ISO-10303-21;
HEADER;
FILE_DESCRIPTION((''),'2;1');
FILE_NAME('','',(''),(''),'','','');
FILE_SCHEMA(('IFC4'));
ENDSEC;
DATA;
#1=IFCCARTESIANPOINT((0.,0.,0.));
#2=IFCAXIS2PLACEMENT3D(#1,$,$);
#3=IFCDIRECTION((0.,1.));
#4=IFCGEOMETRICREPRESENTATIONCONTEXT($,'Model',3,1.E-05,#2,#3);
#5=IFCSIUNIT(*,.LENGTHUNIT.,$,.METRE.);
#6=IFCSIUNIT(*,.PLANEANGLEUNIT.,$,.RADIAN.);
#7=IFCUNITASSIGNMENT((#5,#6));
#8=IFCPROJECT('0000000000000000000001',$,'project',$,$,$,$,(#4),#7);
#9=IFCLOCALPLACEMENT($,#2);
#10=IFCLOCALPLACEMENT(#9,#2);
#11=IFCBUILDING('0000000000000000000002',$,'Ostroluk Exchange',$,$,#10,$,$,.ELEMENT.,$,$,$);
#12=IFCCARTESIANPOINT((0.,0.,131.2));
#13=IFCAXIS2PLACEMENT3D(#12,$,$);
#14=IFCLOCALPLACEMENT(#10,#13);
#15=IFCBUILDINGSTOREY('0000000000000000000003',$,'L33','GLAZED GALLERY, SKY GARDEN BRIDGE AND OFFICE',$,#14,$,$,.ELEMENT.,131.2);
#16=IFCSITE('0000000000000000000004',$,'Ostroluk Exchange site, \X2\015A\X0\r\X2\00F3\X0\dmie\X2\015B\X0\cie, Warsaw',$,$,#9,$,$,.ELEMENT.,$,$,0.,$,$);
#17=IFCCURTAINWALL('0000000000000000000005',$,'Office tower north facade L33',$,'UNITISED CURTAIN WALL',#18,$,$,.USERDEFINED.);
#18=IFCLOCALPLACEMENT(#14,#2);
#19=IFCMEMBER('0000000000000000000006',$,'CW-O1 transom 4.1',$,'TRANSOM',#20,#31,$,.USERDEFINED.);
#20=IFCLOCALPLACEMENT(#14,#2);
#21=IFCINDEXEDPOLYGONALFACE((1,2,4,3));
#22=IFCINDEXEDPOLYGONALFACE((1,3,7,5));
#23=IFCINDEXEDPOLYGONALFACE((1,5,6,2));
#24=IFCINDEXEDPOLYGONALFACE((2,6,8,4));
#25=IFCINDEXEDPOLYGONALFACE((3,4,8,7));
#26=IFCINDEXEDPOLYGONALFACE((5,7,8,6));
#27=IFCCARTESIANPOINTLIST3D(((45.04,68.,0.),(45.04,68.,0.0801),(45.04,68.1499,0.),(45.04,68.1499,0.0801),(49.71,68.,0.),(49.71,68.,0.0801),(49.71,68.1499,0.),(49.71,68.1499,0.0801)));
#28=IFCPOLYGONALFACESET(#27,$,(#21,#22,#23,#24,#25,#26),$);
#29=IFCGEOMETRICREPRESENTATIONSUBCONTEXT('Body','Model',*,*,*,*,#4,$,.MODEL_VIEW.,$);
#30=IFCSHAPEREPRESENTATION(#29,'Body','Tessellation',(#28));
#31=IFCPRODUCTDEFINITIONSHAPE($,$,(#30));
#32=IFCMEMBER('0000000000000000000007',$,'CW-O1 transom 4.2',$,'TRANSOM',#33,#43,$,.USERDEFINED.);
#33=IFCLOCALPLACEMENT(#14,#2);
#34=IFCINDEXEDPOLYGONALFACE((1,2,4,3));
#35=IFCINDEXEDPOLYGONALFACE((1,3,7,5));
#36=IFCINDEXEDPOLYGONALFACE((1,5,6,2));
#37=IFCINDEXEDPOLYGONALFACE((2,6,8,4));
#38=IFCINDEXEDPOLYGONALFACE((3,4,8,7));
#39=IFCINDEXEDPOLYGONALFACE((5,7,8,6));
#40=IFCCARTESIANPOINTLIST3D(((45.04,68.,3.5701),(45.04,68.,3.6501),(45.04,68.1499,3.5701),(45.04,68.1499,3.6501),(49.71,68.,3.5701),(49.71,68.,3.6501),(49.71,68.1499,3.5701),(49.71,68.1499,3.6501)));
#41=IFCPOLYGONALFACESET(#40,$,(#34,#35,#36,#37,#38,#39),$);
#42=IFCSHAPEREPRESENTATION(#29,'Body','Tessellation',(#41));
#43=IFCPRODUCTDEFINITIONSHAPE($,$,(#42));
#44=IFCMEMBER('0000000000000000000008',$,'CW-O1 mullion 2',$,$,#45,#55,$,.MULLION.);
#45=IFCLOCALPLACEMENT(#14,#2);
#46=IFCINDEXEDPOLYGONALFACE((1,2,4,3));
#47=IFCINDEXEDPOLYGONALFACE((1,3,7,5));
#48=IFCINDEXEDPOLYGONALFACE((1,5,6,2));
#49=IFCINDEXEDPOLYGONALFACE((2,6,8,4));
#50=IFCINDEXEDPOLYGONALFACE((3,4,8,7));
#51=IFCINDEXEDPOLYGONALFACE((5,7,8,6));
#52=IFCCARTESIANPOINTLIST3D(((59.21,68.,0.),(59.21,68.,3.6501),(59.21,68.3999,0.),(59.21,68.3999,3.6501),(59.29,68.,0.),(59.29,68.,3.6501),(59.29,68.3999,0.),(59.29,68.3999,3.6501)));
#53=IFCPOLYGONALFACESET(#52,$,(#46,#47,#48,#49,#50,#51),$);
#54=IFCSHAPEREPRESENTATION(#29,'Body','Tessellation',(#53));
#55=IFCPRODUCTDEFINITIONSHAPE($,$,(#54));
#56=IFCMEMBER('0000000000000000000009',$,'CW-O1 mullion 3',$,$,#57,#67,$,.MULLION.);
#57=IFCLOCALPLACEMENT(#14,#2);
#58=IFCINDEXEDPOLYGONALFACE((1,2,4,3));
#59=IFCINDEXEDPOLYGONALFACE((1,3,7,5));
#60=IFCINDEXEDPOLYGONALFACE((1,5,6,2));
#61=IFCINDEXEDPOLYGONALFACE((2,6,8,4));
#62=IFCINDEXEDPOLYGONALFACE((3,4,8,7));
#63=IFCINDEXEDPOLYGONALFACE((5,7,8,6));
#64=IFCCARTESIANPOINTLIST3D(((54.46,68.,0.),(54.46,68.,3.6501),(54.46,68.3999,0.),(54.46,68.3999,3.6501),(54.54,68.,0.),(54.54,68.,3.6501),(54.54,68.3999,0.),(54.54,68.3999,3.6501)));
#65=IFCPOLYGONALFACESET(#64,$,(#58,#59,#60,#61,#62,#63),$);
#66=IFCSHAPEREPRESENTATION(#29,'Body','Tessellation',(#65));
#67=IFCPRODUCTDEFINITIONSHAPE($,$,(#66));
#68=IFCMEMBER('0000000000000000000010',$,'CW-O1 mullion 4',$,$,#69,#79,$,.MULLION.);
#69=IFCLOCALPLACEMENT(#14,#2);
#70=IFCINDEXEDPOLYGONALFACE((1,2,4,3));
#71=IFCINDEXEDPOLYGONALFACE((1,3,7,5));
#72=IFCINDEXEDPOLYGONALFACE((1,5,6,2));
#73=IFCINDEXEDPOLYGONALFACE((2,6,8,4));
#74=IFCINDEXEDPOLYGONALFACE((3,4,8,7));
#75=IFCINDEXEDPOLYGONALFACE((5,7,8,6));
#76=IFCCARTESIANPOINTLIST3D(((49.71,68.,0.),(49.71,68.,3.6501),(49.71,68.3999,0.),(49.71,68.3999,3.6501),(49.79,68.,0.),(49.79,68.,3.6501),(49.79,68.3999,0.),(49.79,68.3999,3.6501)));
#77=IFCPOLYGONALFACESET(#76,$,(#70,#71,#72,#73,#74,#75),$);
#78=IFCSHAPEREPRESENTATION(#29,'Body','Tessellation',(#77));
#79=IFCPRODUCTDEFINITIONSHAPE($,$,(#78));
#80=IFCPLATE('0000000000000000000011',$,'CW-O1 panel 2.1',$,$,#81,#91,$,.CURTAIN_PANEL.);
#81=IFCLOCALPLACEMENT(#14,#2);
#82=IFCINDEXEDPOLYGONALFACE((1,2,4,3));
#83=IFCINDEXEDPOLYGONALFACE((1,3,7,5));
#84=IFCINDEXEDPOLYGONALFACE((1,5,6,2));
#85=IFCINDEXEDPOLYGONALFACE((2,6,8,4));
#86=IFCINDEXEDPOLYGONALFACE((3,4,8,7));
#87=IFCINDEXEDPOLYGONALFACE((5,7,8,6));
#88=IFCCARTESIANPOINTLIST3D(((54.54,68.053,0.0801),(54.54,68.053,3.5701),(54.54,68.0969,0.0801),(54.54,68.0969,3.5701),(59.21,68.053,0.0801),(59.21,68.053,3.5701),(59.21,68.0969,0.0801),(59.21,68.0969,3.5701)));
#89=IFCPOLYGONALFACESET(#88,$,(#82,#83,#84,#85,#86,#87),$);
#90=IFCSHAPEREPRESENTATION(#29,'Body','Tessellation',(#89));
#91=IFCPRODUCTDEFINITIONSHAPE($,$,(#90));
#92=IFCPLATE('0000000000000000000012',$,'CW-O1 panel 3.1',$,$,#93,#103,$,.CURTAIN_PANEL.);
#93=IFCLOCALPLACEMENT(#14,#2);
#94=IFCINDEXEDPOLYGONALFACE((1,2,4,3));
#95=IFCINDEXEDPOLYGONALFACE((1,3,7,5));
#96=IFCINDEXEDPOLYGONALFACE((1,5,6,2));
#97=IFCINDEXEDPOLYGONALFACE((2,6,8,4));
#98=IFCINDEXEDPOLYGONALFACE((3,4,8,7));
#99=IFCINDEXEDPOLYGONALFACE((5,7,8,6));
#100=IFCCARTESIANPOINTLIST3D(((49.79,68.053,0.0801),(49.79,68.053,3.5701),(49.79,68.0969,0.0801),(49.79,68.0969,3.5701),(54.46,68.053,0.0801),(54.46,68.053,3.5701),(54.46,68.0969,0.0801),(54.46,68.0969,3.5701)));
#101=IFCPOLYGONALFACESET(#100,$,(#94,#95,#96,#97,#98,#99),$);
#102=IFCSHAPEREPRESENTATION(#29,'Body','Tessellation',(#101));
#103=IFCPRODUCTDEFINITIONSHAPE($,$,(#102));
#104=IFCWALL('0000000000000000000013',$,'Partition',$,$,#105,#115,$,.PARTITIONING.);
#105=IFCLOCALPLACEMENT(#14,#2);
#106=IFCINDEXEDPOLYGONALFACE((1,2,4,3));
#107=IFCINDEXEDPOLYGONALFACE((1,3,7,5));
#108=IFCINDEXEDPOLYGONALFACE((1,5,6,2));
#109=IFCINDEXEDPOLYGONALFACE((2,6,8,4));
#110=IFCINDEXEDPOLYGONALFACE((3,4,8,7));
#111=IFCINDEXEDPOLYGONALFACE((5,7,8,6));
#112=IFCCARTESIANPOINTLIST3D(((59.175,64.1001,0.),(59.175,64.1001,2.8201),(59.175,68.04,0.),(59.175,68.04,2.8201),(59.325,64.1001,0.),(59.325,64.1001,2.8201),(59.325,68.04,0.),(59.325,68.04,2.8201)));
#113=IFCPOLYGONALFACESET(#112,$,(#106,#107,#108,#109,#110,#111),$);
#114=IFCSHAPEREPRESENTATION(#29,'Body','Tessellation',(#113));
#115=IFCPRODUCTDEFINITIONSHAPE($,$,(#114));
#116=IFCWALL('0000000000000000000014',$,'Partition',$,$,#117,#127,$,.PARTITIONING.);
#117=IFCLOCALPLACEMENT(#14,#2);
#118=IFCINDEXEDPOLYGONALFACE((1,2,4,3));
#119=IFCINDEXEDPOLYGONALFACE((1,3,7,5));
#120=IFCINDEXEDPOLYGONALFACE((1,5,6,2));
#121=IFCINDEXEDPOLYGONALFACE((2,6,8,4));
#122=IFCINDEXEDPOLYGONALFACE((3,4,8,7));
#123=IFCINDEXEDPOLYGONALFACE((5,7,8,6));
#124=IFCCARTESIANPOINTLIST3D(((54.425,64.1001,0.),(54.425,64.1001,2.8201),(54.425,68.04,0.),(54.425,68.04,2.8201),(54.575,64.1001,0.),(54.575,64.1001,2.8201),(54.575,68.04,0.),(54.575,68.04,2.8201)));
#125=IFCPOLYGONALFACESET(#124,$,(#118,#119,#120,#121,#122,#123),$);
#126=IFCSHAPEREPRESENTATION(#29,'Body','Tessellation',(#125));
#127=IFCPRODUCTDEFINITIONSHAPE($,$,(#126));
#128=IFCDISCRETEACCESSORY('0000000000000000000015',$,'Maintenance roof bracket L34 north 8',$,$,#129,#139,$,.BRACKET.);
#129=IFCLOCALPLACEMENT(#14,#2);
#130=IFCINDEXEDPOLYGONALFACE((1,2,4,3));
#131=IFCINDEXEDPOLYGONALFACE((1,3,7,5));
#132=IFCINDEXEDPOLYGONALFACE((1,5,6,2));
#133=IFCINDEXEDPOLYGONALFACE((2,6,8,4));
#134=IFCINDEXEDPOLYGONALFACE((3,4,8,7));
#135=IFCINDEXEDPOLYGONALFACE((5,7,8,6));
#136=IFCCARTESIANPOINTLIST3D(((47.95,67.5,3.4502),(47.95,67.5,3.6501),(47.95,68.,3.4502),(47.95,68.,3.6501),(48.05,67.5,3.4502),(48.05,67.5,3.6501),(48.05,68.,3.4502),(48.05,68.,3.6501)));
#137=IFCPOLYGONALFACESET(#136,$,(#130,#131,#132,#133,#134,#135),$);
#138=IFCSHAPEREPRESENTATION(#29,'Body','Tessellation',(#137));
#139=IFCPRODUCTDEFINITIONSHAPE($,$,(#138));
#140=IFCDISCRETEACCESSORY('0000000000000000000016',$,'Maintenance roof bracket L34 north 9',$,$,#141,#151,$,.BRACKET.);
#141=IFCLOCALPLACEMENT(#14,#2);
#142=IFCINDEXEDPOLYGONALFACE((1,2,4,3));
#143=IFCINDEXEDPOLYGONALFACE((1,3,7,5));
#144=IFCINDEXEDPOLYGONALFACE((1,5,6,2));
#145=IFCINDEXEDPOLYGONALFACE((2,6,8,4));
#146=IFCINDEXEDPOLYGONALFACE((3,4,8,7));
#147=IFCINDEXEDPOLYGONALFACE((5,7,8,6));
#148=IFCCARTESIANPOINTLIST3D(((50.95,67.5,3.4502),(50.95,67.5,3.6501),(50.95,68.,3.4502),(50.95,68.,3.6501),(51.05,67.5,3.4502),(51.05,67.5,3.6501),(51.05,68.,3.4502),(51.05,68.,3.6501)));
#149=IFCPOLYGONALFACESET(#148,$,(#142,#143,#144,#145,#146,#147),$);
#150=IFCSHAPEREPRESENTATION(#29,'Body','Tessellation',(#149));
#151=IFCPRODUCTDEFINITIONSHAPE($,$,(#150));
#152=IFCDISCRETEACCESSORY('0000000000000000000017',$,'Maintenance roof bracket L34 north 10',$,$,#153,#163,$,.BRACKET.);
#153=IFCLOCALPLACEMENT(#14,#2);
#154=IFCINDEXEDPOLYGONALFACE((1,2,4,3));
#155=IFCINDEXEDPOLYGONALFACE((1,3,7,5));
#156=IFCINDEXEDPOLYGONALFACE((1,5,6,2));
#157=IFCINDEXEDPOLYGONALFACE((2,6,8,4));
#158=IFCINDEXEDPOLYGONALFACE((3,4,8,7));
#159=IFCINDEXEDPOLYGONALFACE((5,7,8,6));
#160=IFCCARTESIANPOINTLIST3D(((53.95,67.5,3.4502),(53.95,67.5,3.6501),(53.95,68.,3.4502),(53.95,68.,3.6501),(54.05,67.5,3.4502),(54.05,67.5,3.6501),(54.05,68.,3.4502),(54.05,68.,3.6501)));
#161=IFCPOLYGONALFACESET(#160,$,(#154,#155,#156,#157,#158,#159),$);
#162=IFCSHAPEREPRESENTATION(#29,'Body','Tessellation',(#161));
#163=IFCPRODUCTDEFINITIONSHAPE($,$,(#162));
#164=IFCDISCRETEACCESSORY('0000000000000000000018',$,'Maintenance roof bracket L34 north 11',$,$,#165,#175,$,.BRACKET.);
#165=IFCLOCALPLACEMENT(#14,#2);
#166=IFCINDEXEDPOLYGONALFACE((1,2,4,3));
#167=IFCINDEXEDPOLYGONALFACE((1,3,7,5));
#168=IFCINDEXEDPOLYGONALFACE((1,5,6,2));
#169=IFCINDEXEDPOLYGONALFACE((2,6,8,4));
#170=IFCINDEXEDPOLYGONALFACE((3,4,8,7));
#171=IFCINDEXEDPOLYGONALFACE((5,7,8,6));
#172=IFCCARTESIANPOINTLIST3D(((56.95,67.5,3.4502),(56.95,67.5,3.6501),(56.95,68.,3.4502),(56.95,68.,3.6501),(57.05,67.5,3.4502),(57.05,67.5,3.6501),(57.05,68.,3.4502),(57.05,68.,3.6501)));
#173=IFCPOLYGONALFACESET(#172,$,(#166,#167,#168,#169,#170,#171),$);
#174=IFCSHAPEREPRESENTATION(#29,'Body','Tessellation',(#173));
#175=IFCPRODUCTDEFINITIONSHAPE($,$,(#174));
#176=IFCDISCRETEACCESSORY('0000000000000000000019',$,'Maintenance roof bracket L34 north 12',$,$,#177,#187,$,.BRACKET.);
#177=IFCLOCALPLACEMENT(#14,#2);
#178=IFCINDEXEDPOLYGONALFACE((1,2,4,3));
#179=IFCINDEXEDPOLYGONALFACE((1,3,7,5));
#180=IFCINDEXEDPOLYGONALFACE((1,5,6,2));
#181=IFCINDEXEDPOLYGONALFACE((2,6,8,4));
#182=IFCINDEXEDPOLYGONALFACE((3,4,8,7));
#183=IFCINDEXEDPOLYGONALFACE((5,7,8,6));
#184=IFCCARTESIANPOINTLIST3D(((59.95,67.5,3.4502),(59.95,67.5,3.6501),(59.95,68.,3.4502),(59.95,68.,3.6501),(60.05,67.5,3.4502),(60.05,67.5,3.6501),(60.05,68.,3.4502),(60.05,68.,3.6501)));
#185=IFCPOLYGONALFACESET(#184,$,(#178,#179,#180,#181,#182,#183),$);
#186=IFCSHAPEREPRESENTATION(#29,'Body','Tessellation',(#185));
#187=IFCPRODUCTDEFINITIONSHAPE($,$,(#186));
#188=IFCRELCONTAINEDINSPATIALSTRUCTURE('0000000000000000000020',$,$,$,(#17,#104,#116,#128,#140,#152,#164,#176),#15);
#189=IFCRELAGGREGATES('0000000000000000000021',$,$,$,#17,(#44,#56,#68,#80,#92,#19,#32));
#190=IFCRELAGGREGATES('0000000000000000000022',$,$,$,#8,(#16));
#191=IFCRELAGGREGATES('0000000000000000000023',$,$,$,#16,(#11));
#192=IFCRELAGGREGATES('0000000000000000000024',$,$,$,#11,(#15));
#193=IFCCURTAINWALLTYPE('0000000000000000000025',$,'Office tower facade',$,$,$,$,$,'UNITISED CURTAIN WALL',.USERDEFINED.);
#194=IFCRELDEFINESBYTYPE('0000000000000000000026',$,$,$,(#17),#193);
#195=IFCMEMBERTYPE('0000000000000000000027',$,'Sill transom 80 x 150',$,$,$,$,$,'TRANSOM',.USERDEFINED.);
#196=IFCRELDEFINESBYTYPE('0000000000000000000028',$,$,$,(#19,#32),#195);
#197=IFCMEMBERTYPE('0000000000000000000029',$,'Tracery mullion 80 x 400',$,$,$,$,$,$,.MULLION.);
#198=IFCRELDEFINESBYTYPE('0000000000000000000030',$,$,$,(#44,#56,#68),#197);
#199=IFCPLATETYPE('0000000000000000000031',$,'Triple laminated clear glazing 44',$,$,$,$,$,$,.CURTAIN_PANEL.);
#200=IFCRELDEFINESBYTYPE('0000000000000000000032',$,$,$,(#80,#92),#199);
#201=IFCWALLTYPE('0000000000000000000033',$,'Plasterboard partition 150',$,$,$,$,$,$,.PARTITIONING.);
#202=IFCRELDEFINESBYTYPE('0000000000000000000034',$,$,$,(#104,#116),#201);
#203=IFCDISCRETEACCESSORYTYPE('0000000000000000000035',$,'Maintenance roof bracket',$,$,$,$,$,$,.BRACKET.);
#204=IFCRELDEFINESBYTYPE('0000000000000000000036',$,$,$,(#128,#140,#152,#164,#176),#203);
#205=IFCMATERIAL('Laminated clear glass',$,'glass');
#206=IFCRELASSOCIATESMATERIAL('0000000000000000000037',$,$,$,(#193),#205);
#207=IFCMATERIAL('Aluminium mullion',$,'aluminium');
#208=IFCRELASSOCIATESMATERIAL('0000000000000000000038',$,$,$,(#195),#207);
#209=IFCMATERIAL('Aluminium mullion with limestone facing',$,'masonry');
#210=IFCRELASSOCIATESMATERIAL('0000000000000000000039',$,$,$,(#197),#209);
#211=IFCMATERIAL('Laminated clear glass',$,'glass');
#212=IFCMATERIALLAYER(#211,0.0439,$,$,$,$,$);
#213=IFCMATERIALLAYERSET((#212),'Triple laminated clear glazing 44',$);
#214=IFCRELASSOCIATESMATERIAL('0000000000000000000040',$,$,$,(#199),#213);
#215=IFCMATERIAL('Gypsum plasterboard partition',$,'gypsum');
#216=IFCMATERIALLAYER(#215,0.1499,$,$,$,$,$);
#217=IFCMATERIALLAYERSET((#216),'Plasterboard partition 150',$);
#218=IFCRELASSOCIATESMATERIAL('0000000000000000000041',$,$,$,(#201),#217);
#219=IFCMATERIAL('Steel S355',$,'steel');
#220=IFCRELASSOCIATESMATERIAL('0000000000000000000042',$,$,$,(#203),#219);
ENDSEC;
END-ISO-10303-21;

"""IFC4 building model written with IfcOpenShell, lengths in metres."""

from ifc_helpers import new_model, si_unit, direction, frame, frame_2d, origin, origin_2d, place, context, subcontext, project, spatial, rectangle, extrude, material, layer, layer_set, material_profile, profile_set, type_object, element, aggregate, save


model = new_model("IFC4")

# Units and contexts
model_context = context("Model", 3, precision=1e-05, world=origin(), true_north=direction((0.0, 1.0)))
body_context = subcontext(model_context, "Body", "Model", "MODEL_VIEW")
ifc_project = project(units=[si_unit("LENGTHUNIT", "METRE"), si_unit("PLANEANGLEUNIT", "RADIAN")], contexts=[model_context])

# Site, building, storey
site_placement = place(None, origin())
site = spatial("IfcSite", under=ifc_project, at=site_placement, Name="Ostroluk Exchange site, Śródmieście, Warsaw", CompositionType="ELEMENT", RefElevation=0.0)
building_placement = place(site_placement, origin())
building = spatial("IfcBuilding", under=site, at=building_placement, Name="Ostroluk Exchange", CompositionType="ELEMENT")
storey_placement = place(building_placement, frame((0.0, 0.0, 131.2)))
storey = spatial("IfcBuildingStorey", under=building, at=storey_placement, Name="L33", Description="GLAZED GALLERY, SKY GARDEN BRIDGE AND OFFICE", CompositionType="ELEMENT", Elevation=131.2)

# Curtain wall, members, plates
ifc_material_1 = material(Name="Laminated clear glass", Category="glass")
curtain_wall_type = type_object("IfcCurtainWallType", Name="Office tower facade", ElementType="UNITISED CURTAIN WALL", PredefinedType="USERDEFINED", material=ifc_material_1)
curtain_wall_placement = place(storey_placement, origin())
curtain_wall = element("IfcCurtainWall", 1, at=curtain_wall_placement, inside=storey, type_object=curtain_wall_type, Name="Office tower north facade L33", ObjectType="UNITISED CURTAIN WALL", PredefinedType="USERDEFINED")
ifc_material_2 = material(Name="Aluminium mullion", Category="aluminium")
ifc_material_profile_1 = material_profile(ifc_material_2, rectangle(XDim=0.1499, YDim=0.0801, at=origin_2d()), Name="Sill transom 80 x 150")
ifc_profile_set_1 = profile_set([ifc_material_profile_1], Name="Aluminium mullion")
member_type_1 = type_object("IfcMemberType", Name="Sill transom 80 x 150", ElementType="TRANSOM", PredefinedType="USERDEFINED", material=ifc_profile_set_1)
member_1_placement = place(storey_placement, frame((49.71, 68.075, 0.04), z_axis=(-1.0, 0.0, 0.0), x_axis=(0.0, -1.0, 0.0)))
member_1 = element("IfcMember", 2, at=member_1_placement, type_object=member_type_1, Name="CW-O1 transom 4.1", ObjectType="TRANSOM", PredefinedType="USERDEFINED", context=body_context, shape_type="SweptSolid", body=[
    extrude(rectangle(XDim=0.1499, YDim=0.0801, at=origin_2d()), origin(), (0.0, 0.0, 1.0), 4.6699),
])
member_2_placement = place(storey_placement, frame((49.71, 68.075, 3.6101), z_axis=(-1.0, 0.0, 0.0), x_axis=(0.0, -1.0, 0.0)))
member_2 = element("IfcMember", 3, at=member_2_placement, type_object=member_type_1, Name="CW-O1 transom 4.2", ObjectType="TRANSOM", PredefinedType="USERDEFINED", context=body_context, shape_type="SweptSolid", body=[
    extrude(rectangle(XDim=0.1499, YDim=0.0801, at=origin_2d()), origin(), (0.0, 0.0, 1.0), 4.6699),
])
ifc_material_3 = material(Name="Aluminium mullion with limestone facing", Category="masonry")
ifc_material_profile_2 = material_profile(ifc_material_3, rectangle(XDim=0.3999, YDim=0.0801, at=origin_2d()), Name="Tracery mullion 80 x 400")
ifc_profile_set_2 = profile_set([ifc_material_profile_2], Name="Aluminium mullion with limestone facing")
member_type_2 = type_object("IfcMemberType", Name="Tracery mullion 80 x 400", PredefinedType="MULLION", material=ifc_profile_set_2)
member_3_placement = place(storey_placement, frame((59.25, 68.2, 0.0), z_axis=(0.0, 0.0, 1.0), x_axis=(0.0, -1.0, 0.0)))
member_3 = element("IfcMember", 4, at=member_3_placement, type_object=member_type_2, Name="CW-O1 mullion 2", PredefinedType="MULLION", context=body_context, shape_type="SweptSolid", body=[
    extrude(rectangle(XDim=0.3999, YDim=0.0801, at=origin_2d()), origin(), (0.0, 0.0, 1.0), 3.6501),
])
member_4_placement = place(storey_placement, frame((54.5, 68.2, 0.0), z_axis=(0.0, 0.0, 1.0), x_axis=(0.0, -1.0, 0.0)))
member_4 = element("IfcMember", 5, at=member_4_placement, type_object=member_type_2, Name="CW-O1 mullion 3", PredefinedType="MULLION", context=body_context, shape_type="SweptSolid", body=[
    extrude(rectangle(XDim=0.3999, YDim=0.0801, at=origin_2d()), origin(), (0.0, 0.0, 1.0), 3.6501),
])
member_5_placement = place(storey_placement, frame((49.75, 68.2, 0.0), z_axis=(0.0, 0.0, 1.0), x_axis=(0.0, -1.0, 0.0)))
member_5 = element("IfcMember", 6, at=member_5_placement, type_object=member_type_2, Name="CW-O1 mullion 4", PredefinedType="MULLION", context=body_context, shape_type="SweptSolid", body=[
    extrude(rectangle(XDim=0.3999, YDim=0.0801, at=origin_2d()), origin(), (0.0, 0.0, 1.0), 3.6501),
])
ifc_material_4 = material(Name="Laminated clear glass", Category="glass")
ifc_layer_1 = layer(ifc_material_4, 0.0439)
ifc_layer_set_1 = layer_set([ifc_layer_1], Name="Triple laminated clear glazing 44")
plate_type = type_object("IfcPlateType", Name="Triple laminated clear glazing 44", PredefinedType="CURTAIN_PANEL", material=ifc_layer_set_1)
plate_1_placement = place(storey_placement, frame((56.875, 68.075, 0.0801), z_axis=(0.0, 0.0, 1.0), x_axis=(-1.0, 0.0, 0.0)))
plate_1 = element("IfcPlate", 7, at=plate_1_placement, type_object=plate_type, Name="CW-O1 panel 2.1", PredefinedType="CURTAIN_PANEL", context=body_context, shape_type="SweptSolid", body=[
    extrude(rectangle(XDim=4.6699, YDim=0.0439, at=origin_2d()), origin(), (0.0, 0.0, 1.0), 3.49),
])
plate_2_placement = place(storey_placement, frame((52.125, 68.075, 0.0801), z_axis=(0.0, 0.0, 1.0), x_axis=(-1.0, 0.0, 0.0)))
plate_2 = element("IfcPlate", 8, at=plate_2_placement, type_object=plate_type, Name="CW-O1 panel 3.1", PredefinedType="CURTAIN_PANEL", context=body_context, shape_type="SweptSolid", body=[
    extrude(rectangle(XDim=4.6699, YDim=0.0439, at=origin_2d()), origin(), (0.0, 0.0, 1.0), 3.49),
])
aggregate(curtain_wall, [member_3, member_4, member_5, plate_1, plate_2, member_1, member_2])

# Walls
ifc_material_5 = material(Name="Gypsum plasterboard partition", Category="gypsum")
ifc_layer_2 = layer(ifc_material_5, 0.1499)
ifc_layer_set_2 = layer_set([ifc_layer_2], Name="Plasterboard partition 150")
wall_type = type_object("IfcWallType", Name="Plasterboard partition 150", PredefinedType="PARTITIONING", material=ifc_layer_set_2)
for number, where, z_axis, x_axis, name in (
    (9, (59.25, 64.1001, 0.0), (0.0, 0.0, 1.0), (0.0, 1.0, 0.0), "Partition"),
    (10, (54.5, 64.1001, 0.0), (0.0, 0.0, 1.0), (0.0, 1.0, 0.0), "Partition"),
):
    element("IfcWall", number, at=place(storey_placement, frame(where, z_axis=z_axis, x_axis=x_axis)), inside=storey, type_object=wall_type, Name=name, PredefinedType="PARTITIONING", context=body_context, shape_type="SweptSolid", body=[
        extrude(rectangle(XDim=3.9399, YDim=0.1499, at=frame_2d((1.97, 0.0))), origin(), (0.0, 0.0, 1.0), 2.8201),
    ])

# Discrete accessories
ifc_material_6 = material(Name="Steel S355", Category="steel")
discrete_accessory_type = type_object("IfcDiscreteAccessoryType", Name="Maintenance roof bracket", PredefinedType="BRACKET", material=ifc_material_6)
for number, where, z_axis, x_axis, name in (
    (11, (48.0, 67.75, 3.4502), (0.0, 0.0, 1.0), (1.0, 0.0, 0.0), "Maintenance roof bracket L34 north 8"),
    (12, (51.0, 67.75, 3.4502), (0.0, 0.0, 1.0), (1.0, 0.0, 0.0), "Maintenance roof bracket L34 north 9"),
    (13, (54.0, 67.75, 3.4502), (0.0, 0.0, 1.0), (1.0, 0.0, 0.0), "Maintenance roof bracket L34 north 10"),
    (14, (57.0, 67.75, 3.4502), (0.0, 0.0, 1.0), (1.0, 0.0, 0.0), "Maintenance roof bracket L34 north 11"),
    (15, (60.0, 67.75, 3.4502), (0.0, 0.0, 1.0), (1.0, 0.0, 0.0), "Maintenance roof bracket L34 north 12"),
):
    element("IfcDiscreteAccessory", number, at=place(storey_placement, frame(where, z_axis=z_axis, x_axis=x_axis)), inside=storey, type_object=discrete_accessory_type, Name=name, PredefinedType="BRACKET", context=body_context, shape_type="SweptSolid", body=[
        extrude(rectangle(XDim=0.1001, YDim=0.5, at=origin_2d()), origin(), (0.0, 0.0, 1.0), 0.2),
    ])

save(model, "model.ifc")
